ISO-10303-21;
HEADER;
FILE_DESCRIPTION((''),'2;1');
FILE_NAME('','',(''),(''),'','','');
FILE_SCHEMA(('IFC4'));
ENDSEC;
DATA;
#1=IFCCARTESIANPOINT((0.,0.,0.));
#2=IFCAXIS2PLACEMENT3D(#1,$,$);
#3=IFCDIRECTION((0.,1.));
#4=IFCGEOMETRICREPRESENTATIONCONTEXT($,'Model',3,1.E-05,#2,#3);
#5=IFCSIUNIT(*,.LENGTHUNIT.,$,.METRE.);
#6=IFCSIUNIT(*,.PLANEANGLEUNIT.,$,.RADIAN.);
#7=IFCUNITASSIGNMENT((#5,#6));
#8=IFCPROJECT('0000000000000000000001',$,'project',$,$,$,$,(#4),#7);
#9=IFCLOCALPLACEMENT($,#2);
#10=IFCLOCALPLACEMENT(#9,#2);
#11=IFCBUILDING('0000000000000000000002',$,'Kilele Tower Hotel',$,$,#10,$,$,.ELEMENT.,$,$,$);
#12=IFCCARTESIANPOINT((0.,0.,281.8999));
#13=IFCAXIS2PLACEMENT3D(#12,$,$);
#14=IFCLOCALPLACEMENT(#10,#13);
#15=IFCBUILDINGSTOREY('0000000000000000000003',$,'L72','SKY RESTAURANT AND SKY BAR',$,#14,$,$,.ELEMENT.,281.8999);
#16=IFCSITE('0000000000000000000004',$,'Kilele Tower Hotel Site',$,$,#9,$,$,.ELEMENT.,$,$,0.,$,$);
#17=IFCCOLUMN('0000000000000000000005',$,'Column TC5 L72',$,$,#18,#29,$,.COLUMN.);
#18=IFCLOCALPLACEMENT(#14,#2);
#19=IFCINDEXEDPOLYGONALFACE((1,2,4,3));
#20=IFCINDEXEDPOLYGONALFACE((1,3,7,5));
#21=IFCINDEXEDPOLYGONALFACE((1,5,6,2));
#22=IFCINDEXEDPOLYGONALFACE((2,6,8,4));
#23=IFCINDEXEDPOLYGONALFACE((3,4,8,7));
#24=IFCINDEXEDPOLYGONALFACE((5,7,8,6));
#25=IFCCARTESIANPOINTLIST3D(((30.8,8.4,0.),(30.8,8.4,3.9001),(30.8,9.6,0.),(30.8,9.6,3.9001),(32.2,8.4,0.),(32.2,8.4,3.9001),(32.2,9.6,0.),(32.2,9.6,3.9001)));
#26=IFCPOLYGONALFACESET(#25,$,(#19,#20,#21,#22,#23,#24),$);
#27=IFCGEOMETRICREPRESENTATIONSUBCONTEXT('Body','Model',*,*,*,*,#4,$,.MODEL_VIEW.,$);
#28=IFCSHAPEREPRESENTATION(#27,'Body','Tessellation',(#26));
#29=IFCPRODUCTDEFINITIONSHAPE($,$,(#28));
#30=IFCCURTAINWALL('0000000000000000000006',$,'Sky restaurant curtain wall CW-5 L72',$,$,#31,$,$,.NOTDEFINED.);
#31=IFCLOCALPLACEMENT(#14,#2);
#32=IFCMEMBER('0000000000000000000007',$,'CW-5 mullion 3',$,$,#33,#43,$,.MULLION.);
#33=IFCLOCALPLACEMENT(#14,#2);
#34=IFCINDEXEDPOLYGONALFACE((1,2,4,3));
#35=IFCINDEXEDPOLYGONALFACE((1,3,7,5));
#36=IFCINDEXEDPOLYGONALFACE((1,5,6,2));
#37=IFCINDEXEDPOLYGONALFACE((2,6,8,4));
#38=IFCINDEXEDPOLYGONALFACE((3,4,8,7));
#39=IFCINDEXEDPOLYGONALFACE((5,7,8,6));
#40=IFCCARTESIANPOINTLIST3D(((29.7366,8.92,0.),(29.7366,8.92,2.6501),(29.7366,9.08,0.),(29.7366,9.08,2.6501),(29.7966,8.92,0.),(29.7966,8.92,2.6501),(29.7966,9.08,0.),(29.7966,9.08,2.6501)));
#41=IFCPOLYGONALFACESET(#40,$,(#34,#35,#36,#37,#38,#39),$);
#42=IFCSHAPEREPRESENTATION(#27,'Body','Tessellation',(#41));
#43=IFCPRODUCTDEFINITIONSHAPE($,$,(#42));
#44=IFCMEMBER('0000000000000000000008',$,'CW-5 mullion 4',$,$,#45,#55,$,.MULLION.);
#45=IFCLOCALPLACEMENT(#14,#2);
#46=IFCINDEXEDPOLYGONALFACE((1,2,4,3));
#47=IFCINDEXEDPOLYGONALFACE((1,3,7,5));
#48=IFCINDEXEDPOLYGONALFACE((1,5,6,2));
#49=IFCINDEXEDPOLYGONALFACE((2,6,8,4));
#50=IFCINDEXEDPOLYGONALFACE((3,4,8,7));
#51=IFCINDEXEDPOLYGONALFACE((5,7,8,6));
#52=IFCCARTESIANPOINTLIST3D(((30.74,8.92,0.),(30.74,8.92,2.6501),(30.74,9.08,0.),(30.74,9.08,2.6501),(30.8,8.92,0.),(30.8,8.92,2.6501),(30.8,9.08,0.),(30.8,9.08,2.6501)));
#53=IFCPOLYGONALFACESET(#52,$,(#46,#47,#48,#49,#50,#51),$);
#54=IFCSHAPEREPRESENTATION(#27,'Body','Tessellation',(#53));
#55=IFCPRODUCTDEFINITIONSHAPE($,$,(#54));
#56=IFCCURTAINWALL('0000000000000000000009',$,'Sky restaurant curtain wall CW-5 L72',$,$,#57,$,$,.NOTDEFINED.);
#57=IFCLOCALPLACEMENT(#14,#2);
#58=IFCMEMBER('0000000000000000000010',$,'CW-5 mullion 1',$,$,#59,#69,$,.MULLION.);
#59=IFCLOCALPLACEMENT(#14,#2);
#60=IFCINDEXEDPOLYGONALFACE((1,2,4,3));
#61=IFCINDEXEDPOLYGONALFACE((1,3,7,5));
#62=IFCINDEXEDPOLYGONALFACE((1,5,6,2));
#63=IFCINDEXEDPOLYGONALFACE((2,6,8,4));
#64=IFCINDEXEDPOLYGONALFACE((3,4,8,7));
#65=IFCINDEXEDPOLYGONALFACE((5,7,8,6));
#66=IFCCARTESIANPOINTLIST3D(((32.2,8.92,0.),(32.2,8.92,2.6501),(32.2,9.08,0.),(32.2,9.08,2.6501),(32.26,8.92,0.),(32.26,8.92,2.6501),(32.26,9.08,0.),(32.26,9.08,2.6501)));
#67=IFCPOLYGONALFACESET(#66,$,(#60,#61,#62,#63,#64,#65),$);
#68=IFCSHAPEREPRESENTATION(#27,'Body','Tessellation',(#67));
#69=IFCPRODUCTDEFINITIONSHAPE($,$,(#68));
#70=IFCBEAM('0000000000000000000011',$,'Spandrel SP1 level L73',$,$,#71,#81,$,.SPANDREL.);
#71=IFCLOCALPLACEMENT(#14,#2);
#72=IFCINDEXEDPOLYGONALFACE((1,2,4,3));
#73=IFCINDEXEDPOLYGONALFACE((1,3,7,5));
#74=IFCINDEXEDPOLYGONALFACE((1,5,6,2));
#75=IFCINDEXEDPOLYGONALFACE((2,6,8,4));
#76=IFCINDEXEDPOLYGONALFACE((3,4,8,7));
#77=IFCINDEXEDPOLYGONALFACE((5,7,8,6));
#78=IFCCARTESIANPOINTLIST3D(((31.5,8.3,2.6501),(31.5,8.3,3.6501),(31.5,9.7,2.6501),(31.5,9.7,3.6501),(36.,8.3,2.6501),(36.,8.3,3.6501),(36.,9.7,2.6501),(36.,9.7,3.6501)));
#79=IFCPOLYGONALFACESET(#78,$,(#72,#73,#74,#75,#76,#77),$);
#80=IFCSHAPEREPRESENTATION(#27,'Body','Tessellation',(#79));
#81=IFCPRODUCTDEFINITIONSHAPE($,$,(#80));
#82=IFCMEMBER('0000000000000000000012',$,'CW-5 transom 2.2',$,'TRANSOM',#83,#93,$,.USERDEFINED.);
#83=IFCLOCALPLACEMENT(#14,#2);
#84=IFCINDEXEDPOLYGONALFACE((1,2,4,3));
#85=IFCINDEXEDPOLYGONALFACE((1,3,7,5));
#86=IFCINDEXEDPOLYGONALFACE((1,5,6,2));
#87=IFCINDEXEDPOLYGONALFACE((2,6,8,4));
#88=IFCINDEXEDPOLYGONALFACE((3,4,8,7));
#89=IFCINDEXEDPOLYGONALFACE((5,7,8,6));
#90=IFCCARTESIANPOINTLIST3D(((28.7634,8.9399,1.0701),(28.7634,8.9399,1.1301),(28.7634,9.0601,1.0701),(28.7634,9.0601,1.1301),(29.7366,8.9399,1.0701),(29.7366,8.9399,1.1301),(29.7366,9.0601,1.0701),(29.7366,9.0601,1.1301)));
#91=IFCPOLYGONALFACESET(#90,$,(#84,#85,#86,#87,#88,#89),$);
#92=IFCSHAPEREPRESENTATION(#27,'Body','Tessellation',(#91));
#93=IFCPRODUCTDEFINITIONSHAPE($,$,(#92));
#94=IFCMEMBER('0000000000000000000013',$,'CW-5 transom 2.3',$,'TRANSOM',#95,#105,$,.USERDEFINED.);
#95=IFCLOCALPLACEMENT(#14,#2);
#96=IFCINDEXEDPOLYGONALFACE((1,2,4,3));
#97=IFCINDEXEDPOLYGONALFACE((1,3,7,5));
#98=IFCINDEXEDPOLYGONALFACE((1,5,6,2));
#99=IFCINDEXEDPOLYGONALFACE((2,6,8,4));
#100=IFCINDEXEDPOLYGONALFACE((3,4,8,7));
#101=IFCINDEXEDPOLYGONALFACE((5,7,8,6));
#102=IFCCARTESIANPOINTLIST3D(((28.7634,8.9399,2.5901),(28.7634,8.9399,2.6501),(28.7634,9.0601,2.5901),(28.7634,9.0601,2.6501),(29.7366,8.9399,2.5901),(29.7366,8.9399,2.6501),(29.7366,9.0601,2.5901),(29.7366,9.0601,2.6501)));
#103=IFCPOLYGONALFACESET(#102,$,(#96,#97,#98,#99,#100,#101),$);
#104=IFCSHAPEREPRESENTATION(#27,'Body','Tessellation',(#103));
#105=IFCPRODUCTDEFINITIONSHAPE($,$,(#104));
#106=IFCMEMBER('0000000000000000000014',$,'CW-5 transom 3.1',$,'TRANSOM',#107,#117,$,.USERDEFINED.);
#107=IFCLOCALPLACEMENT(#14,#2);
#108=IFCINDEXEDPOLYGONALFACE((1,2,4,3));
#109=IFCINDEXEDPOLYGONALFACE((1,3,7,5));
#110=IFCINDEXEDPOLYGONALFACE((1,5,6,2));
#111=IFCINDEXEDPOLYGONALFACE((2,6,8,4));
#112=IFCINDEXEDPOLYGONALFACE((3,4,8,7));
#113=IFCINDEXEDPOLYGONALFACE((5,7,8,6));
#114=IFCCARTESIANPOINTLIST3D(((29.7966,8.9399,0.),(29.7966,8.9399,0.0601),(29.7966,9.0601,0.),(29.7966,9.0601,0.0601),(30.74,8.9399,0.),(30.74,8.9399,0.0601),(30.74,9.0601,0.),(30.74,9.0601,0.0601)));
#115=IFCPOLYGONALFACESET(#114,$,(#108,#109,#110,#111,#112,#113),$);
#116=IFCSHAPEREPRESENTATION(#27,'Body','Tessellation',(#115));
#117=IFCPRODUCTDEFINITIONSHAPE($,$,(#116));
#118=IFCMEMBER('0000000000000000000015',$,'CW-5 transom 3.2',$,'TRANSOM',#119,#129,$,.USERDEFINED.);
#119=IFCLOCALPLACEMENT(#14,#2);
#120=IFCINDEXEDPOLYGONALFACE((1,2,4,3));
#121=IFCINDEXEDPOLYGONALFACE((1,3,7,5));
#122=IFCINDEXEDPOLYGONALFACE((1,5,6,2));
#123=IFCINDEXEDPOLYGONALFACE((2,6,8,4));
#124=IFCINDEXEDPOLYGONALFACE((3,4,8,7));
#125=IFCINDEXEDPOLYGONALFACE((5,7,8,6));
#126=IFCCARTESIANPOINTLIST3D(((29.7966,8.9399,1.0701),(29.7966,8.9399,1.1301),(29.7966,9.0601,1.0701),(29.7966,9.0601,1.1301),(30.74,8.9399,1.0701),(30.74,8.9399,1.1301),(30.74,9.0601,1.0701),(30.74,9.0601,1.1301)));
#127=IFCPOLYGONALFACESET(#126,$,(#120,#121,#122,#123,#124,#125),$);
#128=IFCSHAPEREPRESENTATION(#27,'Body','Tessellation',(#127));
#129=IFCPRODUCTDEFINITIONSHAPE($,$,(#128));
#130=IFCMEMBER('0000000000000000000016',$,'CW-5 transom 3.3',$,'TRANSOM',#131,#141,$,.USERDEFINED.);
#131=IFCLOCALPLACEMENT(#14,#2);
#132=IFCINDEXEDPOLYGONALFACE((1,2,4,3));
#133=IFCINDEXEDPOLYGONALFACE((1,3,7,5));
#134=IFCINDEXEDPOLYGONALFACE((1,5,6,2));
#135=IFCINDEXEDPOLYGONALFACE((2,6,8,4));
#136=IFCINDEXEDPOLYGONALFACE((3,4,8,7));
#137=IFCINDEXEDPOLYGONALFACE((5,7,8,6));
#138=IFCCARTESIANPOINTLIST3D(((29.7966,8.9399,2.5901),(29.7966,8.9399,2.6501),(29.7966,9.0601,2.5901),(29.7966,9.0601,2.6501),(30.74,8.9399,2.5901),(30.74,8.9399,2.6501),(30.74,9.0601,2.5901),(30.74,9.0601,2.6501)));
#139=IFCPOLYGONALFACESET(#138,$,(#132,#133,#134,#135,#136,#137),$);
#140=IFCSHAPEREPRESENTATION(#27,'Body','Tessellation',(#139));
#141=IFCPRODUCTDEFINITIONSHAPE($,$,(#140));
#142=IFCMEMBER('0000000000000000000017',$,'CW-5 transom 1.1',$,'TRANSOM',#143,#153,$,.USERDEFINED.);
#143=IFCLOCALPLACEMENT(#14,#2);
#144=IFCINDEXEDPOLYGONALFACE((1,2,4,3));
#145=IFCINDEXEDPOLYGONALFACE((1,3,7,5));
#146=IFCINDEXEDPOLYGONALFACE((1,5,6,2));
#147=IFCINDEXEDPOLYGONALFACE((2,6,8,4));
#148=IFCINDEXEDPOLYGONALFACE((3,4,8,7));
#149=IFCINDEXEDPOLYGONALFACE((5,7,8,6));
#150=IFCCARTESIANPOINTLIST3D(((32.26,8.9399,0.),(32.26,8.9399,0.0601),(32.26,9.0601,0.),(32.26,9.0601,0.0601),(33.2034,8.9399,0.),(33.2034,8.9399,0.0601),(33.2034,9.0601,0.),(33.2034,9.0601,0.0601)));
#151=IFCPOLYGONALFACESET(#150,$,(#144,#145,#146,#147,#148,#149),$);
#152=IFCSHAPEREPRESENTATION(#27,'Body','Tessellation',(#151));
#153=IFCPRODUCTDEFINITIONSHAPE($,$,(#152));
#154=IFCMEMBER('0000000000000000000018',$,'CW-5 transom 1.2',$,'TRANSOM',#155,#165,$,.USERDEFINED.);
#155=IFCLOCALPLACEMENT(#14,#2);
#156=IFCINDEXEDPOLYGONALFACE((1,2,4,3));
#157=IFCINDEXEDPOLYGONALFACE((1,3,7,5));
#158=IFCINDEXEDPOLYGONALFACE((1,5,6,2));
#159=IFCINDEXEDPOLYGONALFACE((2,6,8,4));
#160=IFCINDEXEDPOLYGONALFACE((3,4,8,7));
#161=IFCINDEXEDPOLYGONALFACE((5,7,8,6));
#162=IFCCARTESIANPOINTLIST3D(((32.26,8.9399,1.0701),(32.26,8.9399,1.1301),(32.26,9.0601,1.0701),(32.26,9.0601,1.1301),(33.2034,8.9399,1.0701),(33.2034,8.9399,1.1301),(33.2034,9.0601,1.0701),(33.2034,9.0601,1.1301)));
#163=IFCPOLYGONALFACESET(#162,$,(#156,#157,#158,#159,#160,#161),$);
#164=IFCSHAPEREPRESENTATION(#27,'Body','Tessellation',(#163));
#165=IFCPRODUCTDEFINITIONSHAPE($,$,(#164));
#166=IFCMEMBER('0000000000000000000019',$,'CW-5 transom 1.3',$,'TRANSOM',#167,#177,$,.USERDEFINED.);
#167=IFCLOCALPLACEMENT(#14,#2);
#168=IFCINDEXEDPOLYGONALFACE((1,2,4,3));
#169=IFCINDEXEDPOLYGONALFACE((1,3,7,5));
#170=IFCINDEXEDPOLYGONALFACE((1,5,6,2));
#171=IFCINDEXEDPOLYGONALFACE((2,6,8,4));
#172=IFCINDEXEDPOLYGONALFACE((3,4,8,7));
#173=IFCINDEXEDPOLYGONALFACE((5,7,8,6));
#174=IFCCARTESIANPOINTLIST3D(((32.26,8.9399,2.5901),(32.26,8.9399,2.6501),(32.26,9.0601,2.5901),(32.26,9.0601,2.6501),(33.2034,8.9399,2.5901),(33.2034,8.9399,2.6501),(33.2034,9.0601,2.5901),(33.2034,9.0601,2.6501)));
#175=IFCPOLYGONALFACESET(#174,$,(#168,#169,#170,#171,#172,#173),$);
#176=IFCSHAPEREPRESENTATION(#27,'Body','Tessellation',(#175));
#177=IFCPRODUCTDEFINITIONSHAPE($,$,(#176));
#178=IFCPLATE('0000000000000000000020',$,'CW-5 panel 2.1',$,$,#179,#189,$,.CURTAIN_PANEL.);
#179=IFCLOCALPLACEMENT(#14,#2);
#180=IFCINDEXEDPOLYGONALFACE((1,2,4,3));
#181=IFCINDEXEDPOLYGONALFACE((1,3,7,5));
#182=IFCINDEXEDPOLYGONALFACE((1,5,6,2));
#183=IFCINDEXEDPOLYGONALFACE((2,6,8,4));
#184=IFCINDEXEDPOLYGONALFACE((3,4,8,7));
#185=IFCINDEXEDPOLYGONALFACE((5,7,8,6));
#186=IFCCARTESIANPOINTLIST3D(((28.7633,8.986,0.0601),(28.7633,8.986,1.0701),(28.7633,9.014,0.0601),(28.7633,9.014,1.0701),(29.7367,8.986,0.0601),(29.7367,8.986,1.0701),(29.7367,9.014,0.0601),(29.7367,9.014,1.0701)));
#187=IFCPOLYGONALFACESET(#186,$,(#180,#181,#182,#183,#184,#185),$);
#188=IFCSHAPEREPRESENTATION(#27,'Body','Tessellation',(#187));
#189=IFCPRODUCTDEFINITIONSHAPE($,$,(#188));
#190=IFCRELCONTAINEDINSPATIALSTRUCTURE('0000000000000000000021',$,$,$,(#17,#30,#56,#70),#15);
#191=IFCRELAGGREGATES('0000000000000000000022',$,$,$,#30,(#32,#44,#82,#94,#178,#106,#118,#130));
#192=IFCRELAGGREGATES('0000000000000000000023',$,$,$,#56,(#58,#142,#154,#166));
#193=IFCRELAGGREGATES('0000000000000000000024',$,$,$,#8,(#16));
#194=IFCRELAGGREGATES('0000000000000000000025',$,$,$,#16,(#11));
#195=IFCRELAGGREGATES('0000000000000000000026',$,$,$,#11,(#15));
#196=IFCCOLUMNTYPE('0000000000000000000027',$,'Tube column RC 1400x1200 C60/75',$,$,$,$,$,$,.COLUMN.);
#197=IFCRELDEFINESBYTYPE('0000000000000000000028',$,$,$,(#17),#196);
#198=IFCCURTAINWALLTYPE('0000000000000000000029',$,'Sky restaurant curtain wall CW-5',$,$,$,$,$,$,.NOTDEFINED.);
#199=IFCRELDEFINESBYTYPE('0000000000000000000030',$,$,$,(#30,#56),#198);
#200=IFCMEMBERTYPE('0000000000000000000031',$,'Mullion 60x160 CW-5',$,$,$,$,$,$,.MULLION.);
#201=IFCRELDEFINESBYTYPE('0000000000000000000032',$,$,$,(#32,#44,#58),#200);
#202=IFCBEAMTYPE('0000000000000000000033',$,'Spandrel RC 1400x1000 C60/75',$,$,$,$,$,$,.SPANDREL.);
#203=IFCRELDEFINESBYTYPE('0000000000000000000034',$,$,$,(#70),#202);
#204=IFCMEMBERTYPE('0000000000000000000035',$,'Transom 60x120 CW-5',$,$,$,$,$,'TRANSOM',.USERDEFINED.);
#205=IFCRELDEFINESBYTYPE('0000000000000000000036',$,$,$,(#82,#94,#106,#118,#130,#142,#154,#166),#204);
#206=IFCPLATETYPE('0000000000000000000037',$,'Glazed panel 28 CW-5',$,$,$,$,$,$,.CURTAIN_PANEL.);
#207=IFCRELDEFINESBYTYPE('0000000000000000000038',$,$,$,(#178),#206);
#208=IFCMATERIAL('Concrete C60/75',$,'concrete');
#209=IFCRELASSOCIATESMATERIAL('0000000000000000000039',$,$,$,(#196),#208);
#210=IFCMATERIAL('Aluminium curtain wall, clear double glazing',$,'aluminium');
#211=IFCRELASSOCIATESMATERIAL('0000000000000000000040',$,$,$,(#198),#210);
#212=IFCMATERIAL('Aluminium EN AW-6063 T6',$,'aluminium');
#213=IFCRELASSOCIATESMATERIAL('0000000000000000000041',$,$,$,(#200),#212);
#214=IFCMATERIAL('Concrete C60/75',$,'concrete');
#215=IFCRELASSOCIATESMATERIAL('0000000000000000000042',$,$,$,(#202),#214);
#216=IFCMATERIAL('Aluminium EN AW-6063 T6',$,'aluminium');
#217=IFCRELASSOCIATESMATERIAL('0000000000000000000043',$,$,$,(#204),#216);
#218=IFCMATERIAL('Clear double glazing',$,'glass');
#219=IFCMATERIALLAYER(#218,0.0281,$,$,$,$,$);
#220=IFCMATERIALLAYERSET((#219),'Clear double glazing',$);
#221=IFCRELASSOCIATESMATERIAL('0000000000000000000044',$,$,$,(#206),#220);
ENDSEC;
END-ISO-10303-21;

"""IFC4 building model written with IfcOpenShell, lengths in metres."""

from ifc_helpers import new_model, si_unit, direction, frame, origin, origin_2d, place, context, subcontext, project, spatial, rectangle, extrude, material, layer, layer_set, material_profile, profile_set, type_object, element, aggregate, save


model = new_model("IFC4")

# Units and contexts
model_context = context("Model", 3, precision=1e-05, world=origin(), true_north=direction((0.0, 1.0)))
body_context = subcontext(model_context, "Body", "Model", "MODEL_VIEW")
ifc_project = project(units=[si_unit("LENGTHUNIT", "METRE"), si_unit("PLANEANGLEUNIT", "RADIAN")], contexts=[model_context])

# Site, building, storey
site_placement = place(None, origin())
site = spatial("IfcSite", under=ifc_project, at=site_placement, Name="Kilele Tower Hotel Site", CompositionType="ELEMENT", RefElevation=0.0)
building_placement = place(site_placement, origin())
building = spatial("IfcBuilding", under=site, at=building_placement, Name="Kilele Tower Hotel", CompositionType="ELEMENT")
storey_placement = place(building_placement, frame((0.0, 0.0, 281.8999)))
storey = spatial("IfcBuildingStorey", under=building, at=storey_placement, Name="L72", Description="SKY RESTAURANT AND SKY BAR", CompositionType="ELEMENT", Elevation=281.8999)

# Column
ifc_material_1 = material(Name="Concrete C60/75", Category="concrete")
ifc_material_profile_1 = material_profile(ifc_material_1, rectangle(XDim=1.3999, YDim=1.2, at=origin_2d()))
ifc_profile_set_1 = profile_set([ifc_material_profile_1], Name="Concrete C60/75")
column_type = type_object("IfcColumnType", Name="Tube column RC 1400x1200 C60/75", PredefinedType="COLUMN", material=ifc_profile_set_1)
column_placement = place(storey_placement, frame((31.5, 9.0, 0.0), z_axis=(0.0, 0.0, 1.0), x_axis=(1.0, 0.0, 0.0)))
element("IfcColumn", 1, at=column_placement, inside=storey, type_object=column_type, Name="Column TC5 L72", PredefinedType="COLUMN", context=body_context, shape_type="SweptSolid", body=[
    extrude(rectangle(XDim=1.3999, YDim=1.2, at=origin_2d()), origin(), (0.0, 0.0, 1.0), 3.9001),
])

# Curtain wall, members
ifc_material_2 = material(Name="Aluminium curtain wall, clear double glazing", Category="aluminium")
curtain_wall_type = type_object("IfcCurtainWallType", Name="Sky restaurant curtain wall CW-5", PredefinedType="NOTDEFINED", material=ifc_material_2)
curtain_wall_1_placement = place(storey_placement, origin())
curtain_wall_1 = element("IfcCurtainWall", 2, at=curtain_wall_1_placement, inside=storey, type_object=curtain_wall_type, Name="Sky restaurant curtain wall CW-5 L72", PredefinedType="NOTDEFINED")
ifc_material_3 = material(Name="Aluminium EN AW-6063 T6", Category="aluminium")
ifc_material_profile_2 = material_profile(ifc_material_3, rectangle(XDim=0.1599, YDim=0.0601, at=origin_2d()))
ifc_profile_set_2 = profile_set([ifc_material_profile_2], Name="Aluminium EN AW-6063 T6")
member_type_1 = type_object("IfcMemberType", Name="Mullion 60x160 CW-5", PredefinedType="MULLION", material=ifc_profile_set_2)
member_1_placement = place(storey_placement, frame((29.7666, 9.0, 0.0), z_axis=(0.0, 0.0, 1.0), x_axis=(0.0, 1.0, 0.0)))
member_1 = element("IfcMember", 3, at=member_1_placement, type_object=member_type_1, Name="CW-5 mullion 3", PredefinedType="MULLION", context=body_context, shape_type="SweptSolid", body=[
    extrude(rectangle(XDim=0.1599, YDim=0.0601, at=origin_2d()), origin(), (0.0, 0.0, 1.0), 2.6501),
])
member_2_placement = place(storey_placement, frame((30.77, 9.0, 0.0), z_axis=(0.0, 0.0, 1.0), x_axis=(0.0, 1.0, 0.0)))
member_2 = element("IfcMember", 4, at=member_2_placement, type_object=member_type_1, Name="CW-5 mullion 4", PredefinedType="MULLION", context=body_context, shape_type="SweptSolid", body=[
    extrude(rectangle(XDim=0.1599, YDim=0.0601, at=origin_2d()), origin(), (0.0, 0.0, 1.0), 2.6501),
])

# Curtain wall, member
curtain_wall_2_placement = place(storey_placement, origin())
curtain_wall_2 = element("IfcCurtainWall", 5, at=curtain_wall_2_placement, inside=storey, type_object=curtain_wall_type, Name="Sky restaurant curtain wall CW-5 L72", PredefinedType="NOTDEFINED")
member_3_placement = place(storey_placement, frame((32.23, 9.0, 0.0), z_axis=(0.0, 0.0, 1.0), x_axis=(0.0, 1.0, 0.0)))
member_3 = element("IfcMember", 6, at=member_3_placement, type_object=member_type_1, Name="CW-5 mullion 1", PredefinedType="MULLION", context=body_context, shape_type="SweptSolid", body=[
    extrude(rectangle(XDim=0.1599, YDim=0.0601, at=origin_2d()), origin(), (0.0, 0.0, 1.0), 2.6501),
])

# Beam
ifc_material_4 = material(Name="Concrete C60/75", Category="concrete")
ifc_material_profile_3 = material_profile(ifc_material_4, rectangle(XDim=1.3999, YDim=1.0, at=origin_2d()))
ifc_profile_set_3 = profile_set([ifc_material_profile_3], Name="Concrete C60/75")
beam_type = type_object("IfcBeamType", Name="Spandrel RC 1400x1000 C60/75", PredefinedType="SPANDREL", material=ifc_profile_set_3)
beam_placement = place(storey_placement, frame((31.5, 9.0, 3.1501), z_axis=(1.0, 0.0, 0.0), x_axis=(0.0, 1.0, 0.0)))
element("IfcBeam", 7, at=beam_placement, inside=storey, type_object=beam_type, Name="Spandrel SP1 level L73", PredefinedType="SPANDREL", context=body_context, shape_type="SweptSolid", body=[
    extrude(rectangle(XDim=1.3999, YDim=1.0, at=origin_2d()), origin(), (0.0, 0.0, 1.0), 4.5),
])

# Members
ifc_material_5 = material(Name="Aluminium EN AW-6063 T6", Category="aluminium")
ifc_material_profile_4 = material_profile(ifc_material_5, rectangle(XDim=0.1201, YDim=0.0601, at=origin_2d()))
ifc_profile_set_4 = profile_set([ifc_material_profile_4], Name="Aluminium EN AW-6063 T6")
member_type_2 = type_object("IfcMemberType", Name="Transom 60x120 CW-5", ElementType="TRANSOM", PredefinedType="USERDEFINED", material=ifc_profile_set_4)
member_4_placement = place(storey_placement, frame((28.7634, 9.0, 1.1001), z_axis=(1.0, 0.0, 0.0), x_axis=(0.0, 1.0, 0.0)))
member_4 = element("IfcMember", 8, at=member_4_placement, type_object=member_type_2, Name="CW-5 transom 2.2", ObjectType="TRANSOM", PredefinedType="USERDEFINED", context=body_context, shape_type="SweptSolid", body=[
    extrude(rectangle(XDim=0.1201, YDim=0.0601, at=origin_2d()), origin(), (0.0, 0.0, 1.0), 0.9731),
])
member_5_placement = place(storey_placement, frame((28.7634, 9.0, 2.6201), z_axis=(1.0, 0.0, 0.0), x_axis=(0.0, 1.0, 0.0)))
member_5 = element("IfcMember", 9, at=member_5_placement, type_object=member_type_2, Name="CW-5 transom 2.3", ObjectType="TRANSOM", PredefinedType="USERDEFINED", context=body_context, shape_type="SweptSolid", body=[
    extrude(rectangle(XDim=0.1201, YDim=0.0601, at=origin_2d()), origin(), (0.0, 0.0, 1.0), 0.9731),
])
member_6_placement = place(storey_placement, frame((29.7966, 9.0, 0.03), z_axis=(1.0, 0.0, 0.0), x_axis=(0.0, 1.0, 0.0)))
member_6 = element("IfcMember", 10, at=member_6_placement, type_object=member_type_2, Name="CW-5 transom 3.1", ObjectType="TRANSOM", PredefinedType="USERDEFINED", context=body_context, shape_type="SweptSolid", body=[
    extrude(rectangle(XDim=0.1201, YDim=0.0601, at=origin_2d()), origin(), (0.0, 0.0, 1.0), 0.9434),
])
member_7_placement = place(storey_placement, frame((29.7966, 9.0, 1.1001), z_axis=(1.0, 0.0, 0.0), x_axis=(0.0, 1.0, 0.0)))
member_7 = element("IfcMember", 11, at=member_7_placement, type_object=member_type_2, Name="CW-5 transom 3.2", ObjectType="TRANSOM", PredefinedType="USERDEFINED", context=body_context, shape_type="SweptSolid", body=[
    extrude(rectangle(XDim=0.1201, YDim=0.0601, at=origin_2d()), origin(), (0.0, 0.0, 1.0), 0.9434),
])
member_8_placement = place(storey_placement, frame((29.7966, 9.0, 2.6201), z_axis=(1.0, 0.0, 0.0), x_axis=(0.0, 1.0, 0.0)))
member_8 = element("IfcMember", 12, at=member_8_placement, type_object=member_type_2, Name="CW-5 transom 3.3", ObjectType="TRANSOM", PredefinedType="USERDEFINED", context=body_context, shape_type="SweptSolid", body=[
    extrude(rectangle(XDim=0.1201, YDim=0.0601, at=origin_2d()), origin(), (0.0, 0.0, 1.0), 0.9434),
])
member_9_placement = place(storey_placement, frame((32.26, 9.0, 0.03), z_axis=(1.0, 0.0, 0.0), x_axis=(0.0, 1.0, 0.0)))
member_9 = element("IfcMember", 13, at=member_9_placement, type_object=member_type_2, Name="CW-5 transom 1.1", ObjectType="TRANSOM", PredefinedType="USERDEFINED", context=body_context, shape_type="SweptSolid", body=[
    extrude(rectangle(XDim=0.1201, YDim=0.0601, at=origin_2d()), origin(), (0.0, 0.0, 1.0), 0.9434),
])
member_10_placement = place(storey_placement, frame((32.26, 9.0, 1.1001), z_axis=(1.0, 0.0, 0.0), x_axis=(0.0, 1.0, 0.0)))
member_10 = element("IfcMember", 14, at=member_10_placement, type_object=member_type_2, Name="CW-5 transom 1.2", ObjectType="TRANSOM", PredefinedType="USERDEFINED", context=body_context, shape_type="SweptSolid", body=[
    extrude(rectangle(XDim=0.1201, YDim=0.0601, at=origin_2d()), origin(), (0.0, 0.0, 1.0), 0.9434),
])
member_11_placement = place(storey_placement, frame((32.26, 9.0, 2.6201), z_axis=(1.0, 0.0, 0.0), x_axis=(0.0, 1.0, 0.0)))
member_11 = element("IfcMember", 15, at=member_11_placement, type_object=member_type_2, Name="CW-5 transom 1.3", ObjectType="TRANSOM", PredefinedType="USERDEFINED", context=body_context, shape_type="SweptSolid", body=[
    extrude(rectangle(XDim=0.1201, YDim=0.0601, at=origin_2d()), origin(), (0.0, 0.0, 1.0), 0.9434),
])

# Plate
ifc_material_6 = material(Name="Clear double glazing", Category="glass")
ifc_layer_1 = layer(ifc_material_6, 0.0281)
ifc_layer_set_1 = layer_set([ifc_layer_1], Name="Clear double glazing")
plate_type = type_object("IfcPlateType", Name="Glazed panel 28 CW-5", PredefinedType="CURTAIN_PANEL", material=ifc_layer_set_1)
plate_1_placement = place(storey_placement, frame((29.25, 9.0, 0.0601), z_axis=(0.0, 0.0, 1.0), x_axis=(1.0, 0.0, 0.0)))
plate_1 = element("IfcPlate", 16, at=plate_1_placement, type_object=plate_type, Name="CW-5 panel 2.1", PredefinedType="CURTAIN_PANEL", context=body_context, shape_type="SweptSolid", body=[
    extrude(rectangle(XDim=0.9734, YDim=0.0281, at=origin_2d()), origin(), (0.0, 0.0, 1.0), 1.01),
])
aggregate(curtain_wall_1, [member_1, member_2, member_4, member_5, plate_1, member_6, member_7, member_8])
aggregate(curtain_wall_2, [member_3, member_9, member_10, member_11])

save(model, "model.ifc")
